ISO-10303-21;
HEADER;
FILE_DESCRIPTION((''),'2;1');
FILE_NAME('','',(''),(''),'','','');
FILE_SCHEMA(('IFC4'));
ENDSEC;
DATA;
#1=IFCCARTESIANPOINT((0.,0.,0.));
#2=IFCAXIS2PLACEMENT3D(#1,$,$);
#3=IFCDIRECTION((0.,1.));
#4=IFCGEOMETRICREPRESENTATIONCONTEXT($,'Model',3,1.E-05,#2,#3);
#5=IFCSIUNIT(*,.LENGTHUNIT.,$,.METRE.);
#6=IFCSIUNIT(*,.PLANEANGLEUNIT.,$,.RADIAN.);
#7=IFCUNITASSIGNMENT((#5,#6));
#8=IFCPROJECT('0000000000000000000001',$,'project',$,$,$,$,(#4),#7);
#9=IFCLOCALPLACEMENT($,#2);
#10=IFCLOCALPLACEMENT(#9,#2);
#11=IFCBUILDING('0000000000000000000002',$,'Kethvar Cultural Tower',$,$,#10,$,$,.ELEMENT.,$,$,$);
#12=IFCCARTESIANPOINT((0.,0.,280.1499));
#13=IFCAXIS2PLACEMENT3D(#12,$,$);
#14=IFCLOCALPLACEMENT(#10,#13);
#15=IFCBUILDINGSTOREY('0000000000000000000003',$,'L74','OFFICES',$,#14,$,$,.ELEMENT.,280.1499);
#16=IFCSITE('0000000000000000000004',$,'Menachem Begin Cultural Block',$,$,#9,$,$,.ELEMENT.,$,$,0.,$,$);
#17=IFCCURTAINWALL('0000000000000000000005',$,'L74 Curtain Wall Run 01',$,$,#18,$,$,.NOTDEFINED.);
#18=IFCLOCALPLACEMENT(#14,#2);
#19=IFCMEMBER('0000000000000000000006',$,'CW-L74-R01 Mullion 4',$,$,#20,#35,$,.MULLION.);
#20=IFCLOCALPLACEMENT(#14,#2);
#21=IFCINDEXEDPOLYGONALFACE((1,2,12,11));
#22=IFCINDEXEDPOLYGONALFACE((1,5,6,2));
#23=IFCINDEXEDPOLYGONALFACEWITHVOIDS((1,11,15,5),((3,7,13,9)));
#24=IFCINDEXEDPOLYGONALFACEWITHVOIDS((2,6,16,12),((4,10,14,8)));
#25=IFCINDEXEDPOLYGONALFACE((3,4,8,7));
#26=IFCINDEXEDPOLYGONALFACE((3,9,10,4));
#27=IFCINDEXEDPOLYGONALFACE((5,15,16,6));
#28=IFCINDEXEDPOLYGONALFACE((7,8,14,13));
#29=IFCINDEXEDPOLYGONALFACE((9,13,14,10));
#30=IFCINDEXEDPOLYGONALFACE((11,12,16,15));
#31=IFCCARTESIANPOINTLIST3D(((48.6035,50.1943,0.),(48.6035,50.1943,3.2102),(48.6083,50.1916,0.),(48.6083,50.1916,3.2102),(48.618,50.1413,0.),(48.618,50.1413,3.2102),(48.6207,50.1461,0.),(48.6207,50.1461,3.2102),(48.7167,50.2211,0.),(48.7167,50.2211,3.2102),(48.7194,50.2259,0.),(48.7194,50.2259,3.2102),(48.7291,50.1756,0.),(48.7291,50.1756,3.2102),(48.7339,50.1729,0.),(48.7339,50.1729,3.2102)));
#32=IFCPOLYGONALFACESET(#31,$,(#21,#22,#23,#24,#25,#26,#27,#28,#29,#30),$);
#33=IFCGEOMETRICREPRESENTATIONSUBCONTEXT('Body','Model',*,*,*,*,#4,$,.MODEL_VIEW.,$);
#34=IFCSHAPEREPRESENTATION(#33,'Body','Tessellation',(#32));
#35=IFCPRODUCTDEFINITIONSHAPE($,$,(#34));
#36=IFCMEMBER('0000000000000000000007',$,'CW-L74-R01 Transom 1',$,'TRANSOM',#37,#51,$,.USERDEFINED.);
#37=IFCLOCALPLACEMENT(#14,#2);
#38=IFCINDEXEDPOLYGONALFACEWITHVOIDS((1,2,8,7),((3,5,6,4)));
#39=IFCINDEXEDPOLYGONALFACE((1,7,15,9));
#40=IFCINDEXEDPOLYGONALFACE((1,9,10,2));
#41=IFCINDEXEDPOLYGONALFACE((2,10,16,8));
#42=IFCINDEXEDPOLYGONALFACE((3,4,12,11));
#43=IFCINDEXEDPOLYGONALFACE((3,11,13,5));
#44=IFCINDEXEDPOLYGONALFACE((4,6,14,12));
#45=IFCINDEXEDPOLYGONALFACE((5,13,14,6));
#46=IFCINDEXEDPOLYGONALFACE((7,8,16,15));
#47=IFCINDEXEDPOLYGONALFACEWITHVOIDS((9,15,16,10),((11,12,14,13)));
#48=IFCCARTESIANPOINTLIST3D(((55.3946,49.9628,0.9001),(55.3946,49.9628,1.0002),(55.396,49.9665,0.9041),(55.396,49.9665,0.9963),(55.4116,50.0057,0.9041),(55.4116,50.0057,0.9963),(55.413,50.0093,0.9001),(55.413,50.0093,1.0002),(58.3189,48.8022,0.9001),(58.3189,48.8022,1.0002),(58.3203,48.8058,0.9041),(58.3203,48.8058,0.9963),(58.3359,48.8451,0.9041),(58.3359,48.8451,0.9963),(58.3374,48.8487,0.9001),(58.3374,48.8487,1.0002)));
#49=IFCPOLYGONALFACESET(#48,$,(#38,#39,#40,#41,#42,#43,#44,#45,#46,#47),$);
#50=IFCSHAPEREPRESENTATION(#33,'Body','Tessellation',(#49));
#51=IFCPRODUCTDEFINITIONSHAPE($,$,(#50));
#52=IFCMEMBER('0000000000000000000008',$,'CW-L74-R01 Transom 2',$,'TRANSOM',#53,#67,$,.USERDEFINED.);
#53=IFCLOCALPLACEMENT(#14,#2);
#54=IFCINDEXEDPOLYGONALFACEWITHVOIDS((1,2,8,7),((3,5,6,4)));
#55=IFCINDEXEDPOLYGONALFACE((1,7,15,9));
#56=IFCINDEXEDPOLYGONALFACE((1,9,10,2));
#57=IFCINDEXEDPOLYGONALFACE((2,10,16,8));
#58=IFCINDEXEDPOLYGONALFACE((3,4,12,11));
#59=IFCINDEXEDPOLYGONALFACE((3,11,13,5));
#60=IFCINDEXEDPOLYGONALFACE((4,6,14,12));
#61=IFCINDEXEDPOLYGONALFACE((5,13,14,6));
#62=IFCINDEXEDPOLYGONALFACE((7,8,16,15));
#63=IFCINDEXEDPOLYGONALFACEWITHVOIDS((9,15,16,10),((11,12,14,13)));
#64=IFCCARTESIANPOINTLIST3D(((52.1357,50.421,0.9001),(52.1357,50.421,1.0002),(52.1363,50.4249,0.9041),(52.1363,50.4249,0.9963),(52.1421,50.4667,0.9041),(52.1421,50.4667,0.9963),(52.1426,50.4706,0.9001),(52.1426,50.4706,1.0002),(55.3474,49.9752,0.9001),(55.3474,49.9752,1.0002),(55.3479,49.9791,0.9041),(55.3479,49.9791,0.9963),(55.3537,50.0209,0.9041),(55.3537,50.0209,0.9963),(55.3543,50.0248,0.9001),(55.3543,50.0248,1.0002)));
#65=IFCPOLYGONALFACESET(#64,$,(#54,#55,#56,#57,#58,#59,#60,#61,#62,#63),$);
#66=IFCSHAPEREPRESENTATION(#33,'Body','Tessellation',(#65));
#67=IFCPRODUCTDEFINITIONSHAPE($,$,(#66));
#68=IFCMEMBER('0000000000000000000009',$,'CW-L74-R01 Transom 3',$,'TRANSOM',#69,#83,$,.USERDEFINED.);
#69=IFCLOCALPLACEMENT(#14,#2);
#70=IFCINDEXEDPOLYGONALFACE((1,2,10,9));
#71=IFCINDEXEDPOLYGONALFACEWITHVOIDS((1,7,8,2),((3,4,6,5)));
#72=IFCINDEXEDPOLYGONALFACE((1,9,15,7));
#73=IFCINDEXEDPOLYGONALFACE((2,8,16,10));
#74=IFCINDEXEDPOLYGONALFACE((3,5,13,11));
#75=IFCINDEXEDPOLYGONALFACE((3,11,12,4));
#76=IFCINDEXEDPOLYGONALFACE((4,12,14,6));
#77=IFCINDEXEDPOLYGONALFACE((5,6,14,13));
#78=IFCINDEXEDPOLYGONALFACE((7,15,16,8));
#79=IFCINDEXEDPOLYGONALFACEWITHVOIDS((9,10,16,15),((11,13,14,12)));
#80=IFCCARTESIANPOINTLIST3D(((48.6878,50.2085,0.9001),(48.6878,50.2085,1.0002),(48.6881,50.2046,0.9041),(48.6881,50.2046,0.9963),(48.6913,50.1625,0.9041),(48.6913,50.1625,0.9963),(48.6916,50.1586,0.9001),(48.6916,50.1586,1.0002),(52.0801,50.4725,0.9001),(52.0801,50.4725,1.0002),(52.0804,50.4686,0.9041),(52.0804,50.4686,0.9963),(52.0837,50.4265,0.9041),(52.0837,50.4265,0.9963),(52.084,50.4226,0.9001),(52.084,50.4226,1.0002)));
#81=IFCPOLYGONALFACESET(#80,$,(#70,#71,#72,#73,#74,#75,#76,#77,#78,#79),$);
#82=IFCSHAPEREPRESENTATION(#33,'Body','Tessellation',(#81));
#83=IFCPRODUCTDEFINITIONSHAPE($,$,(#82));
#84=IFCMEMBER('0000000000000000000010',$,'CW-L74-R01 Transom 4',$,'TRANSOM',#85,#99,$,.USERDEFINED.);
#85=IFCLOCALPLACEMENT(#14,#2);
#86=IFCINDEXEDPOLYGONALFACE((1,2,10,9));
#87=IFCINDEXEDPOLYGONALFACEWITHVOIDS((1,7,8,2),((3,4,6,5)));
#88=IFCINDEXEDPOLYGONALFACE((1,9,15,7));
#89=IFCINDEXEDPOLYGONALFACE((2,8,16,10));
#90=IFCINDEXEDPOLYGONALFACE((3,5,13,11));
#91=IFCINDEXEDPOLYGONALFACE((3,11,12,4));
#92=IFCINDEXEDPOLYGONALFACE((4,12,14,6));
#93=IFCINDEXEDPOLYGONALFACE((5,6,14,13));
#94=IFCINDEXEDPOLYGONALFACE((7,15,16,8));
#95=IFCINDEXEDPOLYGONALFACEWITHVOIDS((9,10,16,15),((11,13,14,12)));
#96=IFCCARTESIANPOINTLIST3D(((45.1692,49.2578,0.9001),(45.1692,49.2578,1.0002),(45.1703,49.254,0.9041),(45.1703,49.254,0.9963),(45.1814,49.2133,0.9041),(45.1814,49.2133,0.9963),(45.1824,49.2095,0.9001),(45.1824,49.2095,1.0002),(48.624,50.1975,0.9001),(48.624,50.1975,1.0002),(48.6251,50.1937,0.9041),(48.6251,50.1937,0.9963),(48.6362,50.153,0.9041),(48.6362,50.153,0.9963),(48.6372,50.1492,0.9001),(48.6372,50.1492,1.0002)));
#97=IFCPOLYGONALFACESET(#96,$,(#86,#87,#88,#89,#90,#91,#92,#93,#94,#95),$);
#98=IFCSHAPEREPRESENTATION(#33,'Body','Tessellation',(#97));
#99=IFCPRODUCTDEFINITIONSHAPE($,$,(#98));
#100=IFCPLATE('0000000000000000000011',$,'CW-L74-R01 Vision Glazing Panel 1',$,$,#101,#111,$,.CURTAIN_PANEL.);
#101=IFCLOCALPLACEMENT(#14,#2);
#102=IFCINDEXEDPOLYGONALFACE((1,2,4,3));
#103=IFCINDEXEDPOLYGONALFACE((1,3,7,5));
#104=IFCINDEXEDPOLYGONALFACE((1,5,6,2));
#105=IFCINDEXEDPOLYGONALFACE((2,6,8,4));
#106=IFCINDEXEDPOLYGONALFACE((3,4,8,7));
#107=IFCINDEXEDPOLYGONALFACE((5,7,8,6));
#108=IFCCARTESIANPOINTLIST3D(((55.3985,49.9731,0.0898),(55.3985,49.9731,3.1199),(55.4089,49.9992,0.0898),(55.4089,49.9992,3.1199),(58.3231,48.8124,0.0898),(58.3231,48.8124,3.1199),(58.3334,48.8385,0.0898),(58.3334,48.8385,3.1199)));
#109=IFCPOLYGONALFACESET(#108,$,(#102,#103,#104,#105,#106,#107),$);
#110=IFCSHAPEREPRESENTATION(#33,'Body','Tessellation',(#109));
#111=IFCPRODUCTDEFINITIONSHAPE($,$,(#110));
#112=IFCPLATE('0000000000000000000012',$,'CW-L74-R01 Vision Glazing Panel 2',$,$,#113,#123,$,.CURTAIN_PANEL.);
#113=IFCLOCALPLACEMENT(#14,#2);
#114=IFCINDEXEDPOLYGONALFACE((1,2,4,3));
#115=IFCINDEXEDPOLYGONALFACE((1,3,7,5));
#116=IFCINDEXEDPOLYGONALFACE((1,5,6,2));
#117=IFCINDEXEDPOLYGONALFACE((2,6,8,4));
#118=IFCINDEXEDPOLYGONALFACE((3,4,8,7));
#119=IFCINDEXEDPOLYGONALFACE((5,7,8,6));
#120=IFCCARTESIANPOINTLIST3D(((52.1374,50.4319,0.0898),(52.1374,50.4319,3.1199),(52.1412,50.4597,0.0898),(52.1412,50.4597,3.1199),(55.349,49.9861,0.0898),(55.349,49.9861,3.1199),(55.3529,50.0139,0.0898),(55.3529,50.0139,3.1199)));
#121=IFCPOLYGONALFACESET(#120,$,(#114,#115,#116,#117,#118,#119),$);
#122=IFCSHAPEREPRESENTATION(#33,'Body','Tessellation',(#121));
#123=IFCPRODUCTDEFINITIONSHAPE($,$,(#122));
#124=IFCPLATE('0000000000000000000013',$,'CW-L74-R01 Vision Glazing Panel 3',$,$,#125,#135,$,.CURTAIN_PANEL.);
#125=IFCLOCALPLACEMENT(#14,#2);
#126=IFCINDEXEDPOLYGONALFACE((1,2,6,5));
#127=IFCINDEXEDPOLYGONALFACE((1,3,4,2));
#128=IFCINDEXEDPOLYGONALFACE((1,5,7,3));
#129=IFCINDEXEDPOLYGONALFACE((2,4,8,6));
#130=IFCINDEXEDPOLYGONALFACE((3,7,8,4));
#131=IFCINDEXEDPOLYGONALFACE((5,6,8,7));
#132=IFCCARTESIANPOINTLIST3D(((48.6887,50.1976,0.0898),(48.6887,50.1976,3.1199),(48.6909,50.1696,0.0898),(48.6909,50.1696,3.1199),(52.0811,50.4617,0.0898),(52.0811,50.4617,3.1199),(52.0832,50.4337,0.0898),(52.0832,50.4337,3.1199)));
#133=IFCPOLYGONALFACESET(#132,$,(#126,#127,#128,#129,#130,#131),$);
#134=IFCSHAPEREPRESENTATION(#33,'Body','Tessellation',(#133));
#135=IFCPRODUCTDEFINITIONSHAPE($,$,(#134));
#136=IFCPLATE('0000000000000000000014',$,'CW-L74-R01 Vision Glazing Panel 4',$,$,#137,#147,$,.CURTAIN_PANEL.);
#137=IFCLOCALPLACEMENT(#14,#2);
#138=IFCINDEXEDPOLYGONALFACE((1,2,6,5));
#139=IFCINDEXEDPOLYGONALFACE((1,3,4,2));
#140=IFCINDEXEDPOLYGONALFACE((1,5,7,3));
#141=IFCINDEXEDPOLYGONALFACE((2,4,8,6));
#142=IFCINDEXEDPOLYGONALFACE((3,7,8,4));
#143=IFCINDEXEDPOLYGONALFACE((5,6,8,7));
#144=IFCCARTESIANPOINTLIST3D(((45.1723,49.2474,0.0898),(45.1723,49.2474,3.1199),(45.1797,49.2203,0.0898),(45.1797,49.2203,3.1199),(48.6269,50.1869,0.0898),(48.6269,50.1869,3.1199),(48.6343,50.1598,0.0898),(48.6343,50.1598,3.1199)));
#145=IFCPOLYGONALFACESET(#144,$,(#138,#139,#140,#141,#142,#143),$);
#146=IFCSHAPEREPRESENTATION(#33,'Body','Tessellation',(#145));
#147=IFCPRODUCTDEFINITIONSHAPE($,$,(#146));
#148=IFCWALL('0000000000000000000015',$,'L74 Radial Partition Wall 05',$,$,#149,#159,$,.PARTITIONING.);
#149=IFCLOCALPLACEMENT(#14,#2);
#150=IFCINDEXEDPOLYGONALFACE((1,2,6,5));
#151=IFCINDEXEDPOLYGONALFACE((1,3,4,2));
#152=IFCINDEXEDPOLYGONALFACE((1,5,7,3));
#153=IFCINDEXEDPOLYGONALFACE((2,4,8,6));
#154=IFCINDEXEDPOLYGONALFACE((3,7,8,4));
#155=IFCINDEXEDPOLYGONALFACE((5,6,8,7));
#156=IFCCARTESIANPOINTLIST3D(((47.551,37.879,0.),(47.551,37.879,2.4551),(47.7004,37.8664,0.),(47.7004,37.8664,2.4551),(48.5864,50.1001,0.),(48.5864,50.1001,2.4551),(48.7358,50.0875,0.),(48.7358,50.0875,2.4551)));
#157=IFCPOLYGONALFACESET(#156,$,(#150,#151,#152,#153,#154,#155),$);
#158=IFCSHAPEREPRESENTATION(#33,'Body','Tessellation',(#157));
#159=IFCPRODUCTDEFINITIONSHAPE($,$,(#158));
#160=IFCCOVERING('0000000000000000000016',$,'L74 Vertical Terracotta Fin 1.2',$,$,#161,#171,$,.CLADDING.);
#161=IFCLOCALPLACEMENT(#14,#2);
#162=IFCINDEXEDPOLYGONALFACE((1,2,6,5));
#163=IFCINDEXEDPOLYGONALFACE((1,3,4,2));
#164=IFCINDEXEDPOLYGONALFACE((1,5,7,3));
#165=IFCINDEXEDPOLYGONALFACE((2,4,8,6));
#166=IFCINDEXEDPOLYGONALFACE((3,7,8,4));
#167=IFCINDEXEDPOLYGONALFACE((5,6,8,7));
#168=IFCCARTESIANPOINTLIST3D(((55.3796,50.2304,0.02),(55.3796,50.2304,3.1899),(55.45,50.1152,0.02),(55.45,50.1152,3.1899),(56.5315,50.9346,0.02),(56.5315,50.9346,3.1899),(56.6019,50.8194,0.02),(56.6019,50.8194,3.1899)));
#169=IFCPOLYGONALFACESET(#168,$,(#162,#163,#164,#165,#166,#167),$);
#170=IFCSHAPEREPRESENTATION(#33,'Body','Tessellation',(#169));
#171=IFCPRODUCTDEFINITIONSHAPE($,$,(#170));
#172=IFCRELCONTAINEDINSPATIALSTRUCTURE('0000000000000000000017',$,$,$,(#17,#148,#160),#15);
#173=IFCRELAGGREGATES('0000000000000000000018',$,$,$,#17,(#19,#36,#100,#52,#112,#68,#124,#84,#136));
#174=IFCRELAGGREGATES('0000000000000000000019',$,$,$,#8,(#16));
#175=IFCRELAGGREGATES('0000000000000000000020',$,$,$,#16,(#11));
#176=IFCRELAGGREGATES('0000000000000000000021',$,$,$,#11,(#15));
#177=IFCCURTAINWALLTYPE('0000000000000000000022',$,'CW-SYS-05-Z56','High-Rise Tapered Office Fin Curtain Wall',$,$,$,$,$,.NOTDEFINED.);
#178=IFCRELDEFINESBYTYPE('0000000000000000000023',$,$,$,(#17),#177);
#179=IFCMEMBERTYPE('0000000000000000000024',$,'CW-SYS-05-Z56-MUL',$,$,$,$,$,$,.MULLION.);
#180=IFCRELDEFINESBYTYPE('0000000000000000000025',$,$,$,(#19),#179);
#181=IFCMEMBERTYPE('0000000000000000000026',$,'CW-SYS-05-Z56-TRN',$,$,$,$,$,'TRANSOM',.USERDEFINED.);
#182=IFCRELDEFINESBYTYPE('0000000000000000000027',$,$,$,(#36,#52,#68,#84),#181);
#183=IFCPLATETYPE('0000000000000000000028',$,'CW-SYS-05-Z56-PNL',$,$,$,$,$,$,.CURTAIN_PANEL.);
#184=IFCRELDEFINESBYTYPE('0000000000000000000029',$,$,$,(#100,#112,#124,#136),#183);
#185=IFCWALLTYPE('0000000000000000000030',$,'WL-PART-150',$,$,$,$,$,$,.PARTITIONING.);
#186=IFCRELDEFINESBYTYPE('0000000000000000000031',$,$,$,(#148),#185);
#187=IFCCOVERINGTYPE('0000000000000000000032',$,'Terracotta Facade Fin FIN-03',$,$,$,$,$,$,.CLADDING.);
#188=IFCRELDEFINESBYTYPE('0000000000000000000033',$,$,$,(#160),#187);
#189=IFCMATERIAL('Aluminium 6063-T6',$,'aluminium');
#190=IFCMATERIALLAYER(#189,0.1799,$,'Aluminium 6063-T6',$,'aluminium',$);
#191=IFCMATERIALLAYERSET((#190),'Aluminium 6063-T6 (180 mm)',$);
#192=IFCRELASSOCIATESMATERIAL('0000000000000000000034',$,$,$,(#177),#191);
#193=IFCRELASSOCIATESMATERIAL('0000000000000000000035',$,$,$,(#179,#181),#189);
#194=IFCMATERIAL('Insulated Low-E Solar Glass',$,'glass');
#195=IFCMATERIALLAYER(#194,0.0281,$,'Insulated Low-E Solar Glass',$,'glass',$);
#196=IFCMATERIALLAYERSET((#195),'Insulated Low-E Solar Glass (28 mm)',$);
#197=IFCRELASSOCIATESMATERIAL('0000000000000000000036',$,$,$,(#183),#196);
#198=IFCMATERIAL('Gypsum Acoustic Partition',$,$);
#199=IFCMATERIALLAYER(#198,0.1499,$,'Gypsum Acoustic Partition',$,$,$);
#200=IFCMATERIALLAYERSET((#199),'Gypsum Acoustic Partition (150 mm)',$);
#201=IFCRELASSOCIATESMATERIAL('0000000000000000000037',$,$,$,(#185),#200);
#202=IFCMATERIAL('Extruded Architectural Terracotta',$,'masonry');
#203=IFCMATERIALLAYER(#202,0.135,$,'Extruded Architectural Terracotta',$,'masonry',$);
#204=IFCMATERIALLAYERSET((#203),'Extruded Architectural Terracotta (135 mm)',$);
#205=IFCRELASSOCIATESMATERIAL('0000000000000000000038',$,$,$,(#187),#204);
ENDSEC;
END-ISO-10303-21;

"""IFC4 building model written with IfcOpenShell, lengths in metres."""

from ifc_helpers import new_model, si_unit, direction, frame, frame_2d, origin, origin_2d, place, context, subcontext, project, spatial, rectangle, hollow_rectangle, extrude, source, transform, mapped, material, layer, layer_set, material_profile, profile_set, type_object, element, aggregate, save


model = new_model("IFC4")

# Units and contexts
model_context = context("Model", 3, precision=1e-05, world=origin(), true_north=direction((0.0, 1.0)))
body_context = subcontext(model_context, "Body", "Model", "MODEL_VIEW")
ifc_project = project(units=[si_unit("LENGTHUNIT", "METRE"), si_unit("PLANEANGLEUNIT", "RADIAN")], contexts=[model_context])

# Site, building, storey
site_placement = place(None, origin())
site = spatial("IfcSite", under=ifc_project, at=site_placement, Name="Menachem Begin Cultural Block", CompositionType="ELEMENT", RefElevation=0.0)
building_placement = place(site_placement, origin())
building = spatial("IfcBuilding", under=site, at=building_placement, Name="Kethvar Cultural Tower", CompositionType="ELEMENT")
storey_placement = place(building_placement, frame((0.0, 0.0, 280.1499)))
storey = spatial("IfcBuildingStorey", under=building, at=storey_placement, Name="L74", Description="OFFICES", CompositionType="ELEMENT", Elevation=280.1499)

# Curtain wall, members, plates
ifc_material_1 = material(Name="Aluminium 6063-T6", Category="aluminium")
ifc_layer_1 = layer(ifc_material_1, 0.1799, Name="Aluminium 6063-T6", Category="aluminium")
ifc_layer_set_1 = layer_set([ifc_layer_1], Name="Aluminium 6063-T6 (180 mm)")
curtain_wall_type = type_object("IfcCurtainWallType", Name="CW-SYS-05-Z56", Description="High-Rise Tapered Office Fin Curtain Wall", PredefinedType="NOTDEFINED", material=ifc_layer_set_1)
curtain_wall_placement = place(storey_placement, origin())
curtain_wall = element("IfcCurtainWall", 1, at=curtain_wall_placement, inside=storey, type_object=curtain_wall_type, Name="L74 Curtain Wall Run 01", PredefinedType="NOTDEFINED")
ifc_material_profile_1 = material_profile(ifc_material_1, hollow_rectangle(XDim=0.0549, YDim=0.1201, WallThickness=0.0039, at=origin_2d()), Name="Aluminium 6063-T6 — RHS120x55x4")
ifc_profile_set_1 = profile_set([ifc_material_profile_1], Name="Aluminium 6063-T6 — RHS120x55x4")
member_type_1 = type_object("IfcMemberType", Name="CW-SYS-05-Z56-MUL", PredefinedType="MULLION", material=ifc_profile_set_1)
shared_shape_1 = source(origin(), body_context, "Body", "SweptSolid", [
    extrude(hollow_rectangle(XDim=0.0549, YDim=0.1201, WallThickness=0.0039, at=origin_2d()), origin(), (0.0, 0.0, 1.0), 3.2102),
])
member_1_placement = place(storey_placement, frame((48.6687, 50.1836, 0.0), z_axis=(0.0, 0.0, 1.0), x_axis=(0.262442, -0.964948, 0.0)))
member_1 = element("IfcMember", 2, at=member_1_placement, type_object=member_type_1, Name="CW-L74-R01 Mullion 4", PredefinedType="MULLION", context=body_context, shape_type="MappedRepresentation", body=[
    mapped(shared_shape_1, transform((0.0, 0.0, 0.0), scale=1.0)),
])
ifc_material_profile_2 = material_profile(ifc_material_1, hollow_rectangle(XDim=0.05, YDim=0.1001, WallThickness=0.0039, at=origin_2d()), Name="Aluminium 6063-T6 — RHS100x50x4")
ifc_profile_set_2 = profile_set([ifc_material_profile_2], Name="Aluminium 6063-T6 — RHS100x50x4")
member_type_2 = type_object("IfcMemberType", Name="CW-SYS-05-Z56-TRN", ElementType="TRANSOM", PredefinedType="USERDEFINED", material=ifc_profile_set_2)
shared_shape_2 = source(origin(), body_context, "Body", "SweptSolid", [
    extrude(hollow_rectangle(XDim=0.05, YDim=0.1001, WallThickness=0.0039, at=origin_2d()), origin(), (0.0, 0.0, 1.0), 3.1462),
])
member_2_placement = place(storey_placement, frame((58.3281, 48.8254, 0.9502), z_axis=(-0.929469, 0.368901, 0.0), x_axis=(-0.368901, -0.929469, 0.0)))
member_2 = element("IfcMember", 3, at=member_2_placement, type_object=member_type_2, Name="CW-L74-R01 Transom 1", ObjectType="TRANSOM", PredefinedType="USERDEFINED", context=body_context, shape_type="MappedRepresentation", body=[
    mapped(shared_shape_2, transform((0.0, 0.0, 0.0), scale=1.0)),
])
shared_shape_3 = source(origin(), body_context, "Body", "SweptSolid", [
    extrude(hollow_rectangle(XDim=0.05, YDim=0.1001, WallThickness=0.0039, at=origin_2d()), origin(), (0.0, 0.0, 1.0), 3.2424),
])
member_3_placement = place(storey_placement, frame((55.3508, 50.0, 0.9502), z_axis=(-0.990503, 0.137488, 0.0), x_axis=(-0.137488, -0.990503, 0.0)))
member_3 = element("IfcMember", 4, at=member_3_placement, type_object=member_type_2, Name="CW-L74-R01 Transom 2", ObjectType="TRANSOM", PredefinedType="USERDEFINED", context=body_context, shape_type="MappedRepresentation", body=[
    mapped(shared_shape_3, transform((0.0, 0.0, 0.0), scale=1.0)),
])
shared_shape_4 = source(origin(), body_context, "Body", "SweptSolid", [
    extrude(hollow_rectangle(XDim=0.05, YDim=0.1001, WallThickness=0.0039, at=origin_2d()), origin(), (0.0, 0.0, 1.0), 3.4026),
])
member_4_placement = place(storey_placement, frame((52.082, 50.4475, 0.9502), z_axis=(-0.996987, -0.077563, 0.0), x_axis=(0.077563, -0.996987, 0.0)))
member_4 = element("IfcMember", 5, at=member_4_placement, type_object=member_type_2, Name="CW-L74-R01 Transom 3", ObjectType="TRANSOM", PredefinedType="USERDEFINED", context=body_context, shape_type="MappedRepresentation", body=[
    mapped(shared_shape_4, transform((0.0, 0.0, 0.0), scale=1.0)),
])
shared_shape_5 = source(origin(), body_context, "Body", "SweptSolid", [
    extrude(hollow_rectangle(XDim=0.05, YDim=0.1001, WallThickness=0.0039, at=origin_2d()), origin(), (0.0, 0.0, 1.0), 3.5803),
])
member_5_placement = place(storey_placement, frame((48.6306, 50.1733, 0.9502), z_axis=(-0.964943, -0.26246, 0.0), x_axis=(0.26246, -0.964943, 0.0)))
member_5 = element("IfcMember", 6, at=member_5_placement, type_object=member_type_2, Name="CW-L74-R01 Transom 4", ObjectType="TRANSOM", PredefinedType="USERDEFINED", context=body_context, shape_type="MappedRepresentation", body=[
    mapped(shared_shape_5, transform((0.0, 0.0, 0.0), scale=1.0)),
])
ifc_material_2 = material(Name="Insulated Low-E Solar Glass", Category="glass")
ifc_layer_2 = layer(ifc_material_2, 0.0281, Name="Insulated Low-E Solar Glass", Category="glass")
ifc_layer_set_2 = layer_set([ifc_layer_2], Name="Insulated Low-E Solar Glass (28 mm)")
plate_type = type_object("IfcPlateType", Name="CW-SYS-05-Z56-PNL", PredefinedType="CURTAIN_PANEL", material=ifc_layer_set_2)
shared_shape_6 = source(origin(), body_context, "Body", "SweptSolid", [
    extrude(rectangle(XDim=3.1465, YDim=0.0281, at=origin_2d()), origin(), (0.0, 0.0, 1.0), 3.03),
])
plate_1_placement = place(storey_placement, frame((56.866, 49.4058, 0.0898), z_axis=(0.0, 0.0, 1.0), x_axis=(-0.929474, 0.368887, 0.0)))
plate_1 = element("IfcPlate", 7, at=plate_1_placement, type_object=plate_type, Name="CW-L74-R01 Vision Glazing Panel 1", PredefinedType="CURTAIN_PANEL", context=body_context, shape_type="MappedRepresentation", body=[
    mapped(shared_shape_6, transform((0.0, 0.0, 0.0), scale=1.0)),
])
shared_shape_7 = source(origin(), body_context, "Body", "SweptSolid", [
    extrude(rectangle(XDim=3.2424, YDim=0.0281, at=origin_2d()), origin(), (0.0, 0.0, 1.0), 3.03),
])
plate_2_placement = place(storey_placement, frame((53.7451, 50.2229, 0.0898), z_axis=(0.0, 0.0, 1.0), x_axis=(-0.9905, 0.137514, 0.0)))
plate_2 = element("IfcPlate", 8, at=plate_2_placement, type_object=plate_type, Name="CW-L74-R01 Vision Glazing Panel 2", PredefinedType="CURTAIN_PANEL", context=body_context, shape_type="MappedRepresentation", body=[
    mapped(shared_shape_7, transform((0.0, 0.0, 0.0), scale=1.0)),
])
shared_shape_8 = source(origin(), body_context, "Body", "SweptSolid", [
    extrude(rectangle(XDim=3.4026, YDim=0.0281, at=origin_2d()), origin(), (0.0, 0.0, 1.0), 3.03),
])
plate_3_placement = place(storey_placement, frame((50.386, 50.3157, 0.0898), z_axis=(0.0, 0.0, 1.0), x_axis=(-0.996984, -0.077606, 0.0)))
plate_3 = element("IfcPlate", 9, at=plate_3_placement, type_object=plate_type, Name="CW-L74-R01 Vision Glazing Panel 3", PredefinedType="CURTAIN_PANEL", context=body_context, shape_type="MappedRepresentation", body=[
    mapped(shared_shape_8, transform((0.0, 0.0, 0.0), scale=1.0)),
])
shared_shape_9 = source(origin(), body_context, "Body", "SweptSolid", [
    extrude(rectangle(XDim=3.5801, YDim=0.0281, at=origin_2d()), origin(), (0.0, 0.0, 1.0), 3.03),
])
plate_4_placement = place(storey_placement, frame((46.9033, 49.7036, 0.0898), z_axis=(0.0, 0.0, 1.0), x_axis=(-0.964948, -0.262442, 0.0)))
plate_4 = element("IfcPlate", 10, at=plate_4_placement, type_object=plate_type, Name="CW-L74-R01 Vision Glazing Panel 4", PredefinedType="CURTAIN_PANEL", context=body_context, shape_type="MappedRepresentation", body=[
    mapped(shared_shape_9, transform((0.0, 0.0, 0.0), scale=1.0)),
])
aggregate(curtain_wall, [member_1, member_2, plate_1, member_3, plate_2, member_4, plate_3, member_5, plate_4])

# Wall
ifc_material_3 = material(Name="Gypsum Acoustic Partition")
ifc_layer_3 = layer(ifc_material_3, 0.1499, Name="Gypsum Acoustic Partition")
ifc_layer_set_3 = layer_set([ifc_layer_3], Name="Gypsum Acoustic Partition (150 mm)")
wall_type = type_object("IfcWallType", Name="WL-PART-150", PredefinedType="PARTITIONING", material=ifc_layer_set_3)
wall_placement = place(storey_placement, frame((47.6257, 37.8728, 0.0), z_axis=(0.0, 0.0, 1.0), x_axis=(0.084419, 0.99643, 0.0)))
element("IfcWall", 11, at=wall_placement, inside=storey, type_object=wall_type, Name="L74 Radial Partition Wall 05", PredefinedType="PARTITIONING", context=body_context, shape_type="SweptSolid", body=[
    extrude(rectangle(XDim=12.2649, YDim=0.1499, at=frame_2d((6.1323, 0.0))), origin(), (0.0, 0.0, 1.0), 2.4551),
])

# Covering
ifc_material_4 = material(Name="Extruded Architectural Terracotta", Category="masonry")
ifc_layer_4 = layer(ifc_material_4, 0.135, Name="Extruded Architectural Terracotta", Category="masonry")
ifc_layer_set_4 = layer_set([ifc_layer_4], Name="Extruded Architectural Terracotta (135 mm)")
covering_type = type_object("IfcCoveringType", Name="Terracotta Facade Fin FIN-03", PredefinedType="CLADDING", material=ifc_layer_set_4)
shared_shape_10 = source(origin(), body_context, "Body", "SweptSolid", [
    extrude(rectangle(XDim=1.3501, YDim=0.135, at=origin_2d()), origin(), (0.0, 0.0, 1.0), 3.1699),
])
for number, where, z_axis, x_axis, name in (
    (12, (55.9907, 50.5249, 0.02), (0.0, 0.0, 1.0), (0.853187, 0.521605, 0.0), "L74 Vertical Terracotta Fin 1.2"),
):
    element("IfcCovering", number, at=place(storey_placement, frame(where, z_axis=z_axis, x_axis=x_axis)), inside=storey, type_object=covering_type, Name=name, PredefinedType="CLADDING", context=body_context, shape_type="MappedRepresentation", body=[
        mapped(shared_shape_10, transform((0.0, 0.0, 0.0), scale=1.0)),
    ])

save(model, "model.ifc")
